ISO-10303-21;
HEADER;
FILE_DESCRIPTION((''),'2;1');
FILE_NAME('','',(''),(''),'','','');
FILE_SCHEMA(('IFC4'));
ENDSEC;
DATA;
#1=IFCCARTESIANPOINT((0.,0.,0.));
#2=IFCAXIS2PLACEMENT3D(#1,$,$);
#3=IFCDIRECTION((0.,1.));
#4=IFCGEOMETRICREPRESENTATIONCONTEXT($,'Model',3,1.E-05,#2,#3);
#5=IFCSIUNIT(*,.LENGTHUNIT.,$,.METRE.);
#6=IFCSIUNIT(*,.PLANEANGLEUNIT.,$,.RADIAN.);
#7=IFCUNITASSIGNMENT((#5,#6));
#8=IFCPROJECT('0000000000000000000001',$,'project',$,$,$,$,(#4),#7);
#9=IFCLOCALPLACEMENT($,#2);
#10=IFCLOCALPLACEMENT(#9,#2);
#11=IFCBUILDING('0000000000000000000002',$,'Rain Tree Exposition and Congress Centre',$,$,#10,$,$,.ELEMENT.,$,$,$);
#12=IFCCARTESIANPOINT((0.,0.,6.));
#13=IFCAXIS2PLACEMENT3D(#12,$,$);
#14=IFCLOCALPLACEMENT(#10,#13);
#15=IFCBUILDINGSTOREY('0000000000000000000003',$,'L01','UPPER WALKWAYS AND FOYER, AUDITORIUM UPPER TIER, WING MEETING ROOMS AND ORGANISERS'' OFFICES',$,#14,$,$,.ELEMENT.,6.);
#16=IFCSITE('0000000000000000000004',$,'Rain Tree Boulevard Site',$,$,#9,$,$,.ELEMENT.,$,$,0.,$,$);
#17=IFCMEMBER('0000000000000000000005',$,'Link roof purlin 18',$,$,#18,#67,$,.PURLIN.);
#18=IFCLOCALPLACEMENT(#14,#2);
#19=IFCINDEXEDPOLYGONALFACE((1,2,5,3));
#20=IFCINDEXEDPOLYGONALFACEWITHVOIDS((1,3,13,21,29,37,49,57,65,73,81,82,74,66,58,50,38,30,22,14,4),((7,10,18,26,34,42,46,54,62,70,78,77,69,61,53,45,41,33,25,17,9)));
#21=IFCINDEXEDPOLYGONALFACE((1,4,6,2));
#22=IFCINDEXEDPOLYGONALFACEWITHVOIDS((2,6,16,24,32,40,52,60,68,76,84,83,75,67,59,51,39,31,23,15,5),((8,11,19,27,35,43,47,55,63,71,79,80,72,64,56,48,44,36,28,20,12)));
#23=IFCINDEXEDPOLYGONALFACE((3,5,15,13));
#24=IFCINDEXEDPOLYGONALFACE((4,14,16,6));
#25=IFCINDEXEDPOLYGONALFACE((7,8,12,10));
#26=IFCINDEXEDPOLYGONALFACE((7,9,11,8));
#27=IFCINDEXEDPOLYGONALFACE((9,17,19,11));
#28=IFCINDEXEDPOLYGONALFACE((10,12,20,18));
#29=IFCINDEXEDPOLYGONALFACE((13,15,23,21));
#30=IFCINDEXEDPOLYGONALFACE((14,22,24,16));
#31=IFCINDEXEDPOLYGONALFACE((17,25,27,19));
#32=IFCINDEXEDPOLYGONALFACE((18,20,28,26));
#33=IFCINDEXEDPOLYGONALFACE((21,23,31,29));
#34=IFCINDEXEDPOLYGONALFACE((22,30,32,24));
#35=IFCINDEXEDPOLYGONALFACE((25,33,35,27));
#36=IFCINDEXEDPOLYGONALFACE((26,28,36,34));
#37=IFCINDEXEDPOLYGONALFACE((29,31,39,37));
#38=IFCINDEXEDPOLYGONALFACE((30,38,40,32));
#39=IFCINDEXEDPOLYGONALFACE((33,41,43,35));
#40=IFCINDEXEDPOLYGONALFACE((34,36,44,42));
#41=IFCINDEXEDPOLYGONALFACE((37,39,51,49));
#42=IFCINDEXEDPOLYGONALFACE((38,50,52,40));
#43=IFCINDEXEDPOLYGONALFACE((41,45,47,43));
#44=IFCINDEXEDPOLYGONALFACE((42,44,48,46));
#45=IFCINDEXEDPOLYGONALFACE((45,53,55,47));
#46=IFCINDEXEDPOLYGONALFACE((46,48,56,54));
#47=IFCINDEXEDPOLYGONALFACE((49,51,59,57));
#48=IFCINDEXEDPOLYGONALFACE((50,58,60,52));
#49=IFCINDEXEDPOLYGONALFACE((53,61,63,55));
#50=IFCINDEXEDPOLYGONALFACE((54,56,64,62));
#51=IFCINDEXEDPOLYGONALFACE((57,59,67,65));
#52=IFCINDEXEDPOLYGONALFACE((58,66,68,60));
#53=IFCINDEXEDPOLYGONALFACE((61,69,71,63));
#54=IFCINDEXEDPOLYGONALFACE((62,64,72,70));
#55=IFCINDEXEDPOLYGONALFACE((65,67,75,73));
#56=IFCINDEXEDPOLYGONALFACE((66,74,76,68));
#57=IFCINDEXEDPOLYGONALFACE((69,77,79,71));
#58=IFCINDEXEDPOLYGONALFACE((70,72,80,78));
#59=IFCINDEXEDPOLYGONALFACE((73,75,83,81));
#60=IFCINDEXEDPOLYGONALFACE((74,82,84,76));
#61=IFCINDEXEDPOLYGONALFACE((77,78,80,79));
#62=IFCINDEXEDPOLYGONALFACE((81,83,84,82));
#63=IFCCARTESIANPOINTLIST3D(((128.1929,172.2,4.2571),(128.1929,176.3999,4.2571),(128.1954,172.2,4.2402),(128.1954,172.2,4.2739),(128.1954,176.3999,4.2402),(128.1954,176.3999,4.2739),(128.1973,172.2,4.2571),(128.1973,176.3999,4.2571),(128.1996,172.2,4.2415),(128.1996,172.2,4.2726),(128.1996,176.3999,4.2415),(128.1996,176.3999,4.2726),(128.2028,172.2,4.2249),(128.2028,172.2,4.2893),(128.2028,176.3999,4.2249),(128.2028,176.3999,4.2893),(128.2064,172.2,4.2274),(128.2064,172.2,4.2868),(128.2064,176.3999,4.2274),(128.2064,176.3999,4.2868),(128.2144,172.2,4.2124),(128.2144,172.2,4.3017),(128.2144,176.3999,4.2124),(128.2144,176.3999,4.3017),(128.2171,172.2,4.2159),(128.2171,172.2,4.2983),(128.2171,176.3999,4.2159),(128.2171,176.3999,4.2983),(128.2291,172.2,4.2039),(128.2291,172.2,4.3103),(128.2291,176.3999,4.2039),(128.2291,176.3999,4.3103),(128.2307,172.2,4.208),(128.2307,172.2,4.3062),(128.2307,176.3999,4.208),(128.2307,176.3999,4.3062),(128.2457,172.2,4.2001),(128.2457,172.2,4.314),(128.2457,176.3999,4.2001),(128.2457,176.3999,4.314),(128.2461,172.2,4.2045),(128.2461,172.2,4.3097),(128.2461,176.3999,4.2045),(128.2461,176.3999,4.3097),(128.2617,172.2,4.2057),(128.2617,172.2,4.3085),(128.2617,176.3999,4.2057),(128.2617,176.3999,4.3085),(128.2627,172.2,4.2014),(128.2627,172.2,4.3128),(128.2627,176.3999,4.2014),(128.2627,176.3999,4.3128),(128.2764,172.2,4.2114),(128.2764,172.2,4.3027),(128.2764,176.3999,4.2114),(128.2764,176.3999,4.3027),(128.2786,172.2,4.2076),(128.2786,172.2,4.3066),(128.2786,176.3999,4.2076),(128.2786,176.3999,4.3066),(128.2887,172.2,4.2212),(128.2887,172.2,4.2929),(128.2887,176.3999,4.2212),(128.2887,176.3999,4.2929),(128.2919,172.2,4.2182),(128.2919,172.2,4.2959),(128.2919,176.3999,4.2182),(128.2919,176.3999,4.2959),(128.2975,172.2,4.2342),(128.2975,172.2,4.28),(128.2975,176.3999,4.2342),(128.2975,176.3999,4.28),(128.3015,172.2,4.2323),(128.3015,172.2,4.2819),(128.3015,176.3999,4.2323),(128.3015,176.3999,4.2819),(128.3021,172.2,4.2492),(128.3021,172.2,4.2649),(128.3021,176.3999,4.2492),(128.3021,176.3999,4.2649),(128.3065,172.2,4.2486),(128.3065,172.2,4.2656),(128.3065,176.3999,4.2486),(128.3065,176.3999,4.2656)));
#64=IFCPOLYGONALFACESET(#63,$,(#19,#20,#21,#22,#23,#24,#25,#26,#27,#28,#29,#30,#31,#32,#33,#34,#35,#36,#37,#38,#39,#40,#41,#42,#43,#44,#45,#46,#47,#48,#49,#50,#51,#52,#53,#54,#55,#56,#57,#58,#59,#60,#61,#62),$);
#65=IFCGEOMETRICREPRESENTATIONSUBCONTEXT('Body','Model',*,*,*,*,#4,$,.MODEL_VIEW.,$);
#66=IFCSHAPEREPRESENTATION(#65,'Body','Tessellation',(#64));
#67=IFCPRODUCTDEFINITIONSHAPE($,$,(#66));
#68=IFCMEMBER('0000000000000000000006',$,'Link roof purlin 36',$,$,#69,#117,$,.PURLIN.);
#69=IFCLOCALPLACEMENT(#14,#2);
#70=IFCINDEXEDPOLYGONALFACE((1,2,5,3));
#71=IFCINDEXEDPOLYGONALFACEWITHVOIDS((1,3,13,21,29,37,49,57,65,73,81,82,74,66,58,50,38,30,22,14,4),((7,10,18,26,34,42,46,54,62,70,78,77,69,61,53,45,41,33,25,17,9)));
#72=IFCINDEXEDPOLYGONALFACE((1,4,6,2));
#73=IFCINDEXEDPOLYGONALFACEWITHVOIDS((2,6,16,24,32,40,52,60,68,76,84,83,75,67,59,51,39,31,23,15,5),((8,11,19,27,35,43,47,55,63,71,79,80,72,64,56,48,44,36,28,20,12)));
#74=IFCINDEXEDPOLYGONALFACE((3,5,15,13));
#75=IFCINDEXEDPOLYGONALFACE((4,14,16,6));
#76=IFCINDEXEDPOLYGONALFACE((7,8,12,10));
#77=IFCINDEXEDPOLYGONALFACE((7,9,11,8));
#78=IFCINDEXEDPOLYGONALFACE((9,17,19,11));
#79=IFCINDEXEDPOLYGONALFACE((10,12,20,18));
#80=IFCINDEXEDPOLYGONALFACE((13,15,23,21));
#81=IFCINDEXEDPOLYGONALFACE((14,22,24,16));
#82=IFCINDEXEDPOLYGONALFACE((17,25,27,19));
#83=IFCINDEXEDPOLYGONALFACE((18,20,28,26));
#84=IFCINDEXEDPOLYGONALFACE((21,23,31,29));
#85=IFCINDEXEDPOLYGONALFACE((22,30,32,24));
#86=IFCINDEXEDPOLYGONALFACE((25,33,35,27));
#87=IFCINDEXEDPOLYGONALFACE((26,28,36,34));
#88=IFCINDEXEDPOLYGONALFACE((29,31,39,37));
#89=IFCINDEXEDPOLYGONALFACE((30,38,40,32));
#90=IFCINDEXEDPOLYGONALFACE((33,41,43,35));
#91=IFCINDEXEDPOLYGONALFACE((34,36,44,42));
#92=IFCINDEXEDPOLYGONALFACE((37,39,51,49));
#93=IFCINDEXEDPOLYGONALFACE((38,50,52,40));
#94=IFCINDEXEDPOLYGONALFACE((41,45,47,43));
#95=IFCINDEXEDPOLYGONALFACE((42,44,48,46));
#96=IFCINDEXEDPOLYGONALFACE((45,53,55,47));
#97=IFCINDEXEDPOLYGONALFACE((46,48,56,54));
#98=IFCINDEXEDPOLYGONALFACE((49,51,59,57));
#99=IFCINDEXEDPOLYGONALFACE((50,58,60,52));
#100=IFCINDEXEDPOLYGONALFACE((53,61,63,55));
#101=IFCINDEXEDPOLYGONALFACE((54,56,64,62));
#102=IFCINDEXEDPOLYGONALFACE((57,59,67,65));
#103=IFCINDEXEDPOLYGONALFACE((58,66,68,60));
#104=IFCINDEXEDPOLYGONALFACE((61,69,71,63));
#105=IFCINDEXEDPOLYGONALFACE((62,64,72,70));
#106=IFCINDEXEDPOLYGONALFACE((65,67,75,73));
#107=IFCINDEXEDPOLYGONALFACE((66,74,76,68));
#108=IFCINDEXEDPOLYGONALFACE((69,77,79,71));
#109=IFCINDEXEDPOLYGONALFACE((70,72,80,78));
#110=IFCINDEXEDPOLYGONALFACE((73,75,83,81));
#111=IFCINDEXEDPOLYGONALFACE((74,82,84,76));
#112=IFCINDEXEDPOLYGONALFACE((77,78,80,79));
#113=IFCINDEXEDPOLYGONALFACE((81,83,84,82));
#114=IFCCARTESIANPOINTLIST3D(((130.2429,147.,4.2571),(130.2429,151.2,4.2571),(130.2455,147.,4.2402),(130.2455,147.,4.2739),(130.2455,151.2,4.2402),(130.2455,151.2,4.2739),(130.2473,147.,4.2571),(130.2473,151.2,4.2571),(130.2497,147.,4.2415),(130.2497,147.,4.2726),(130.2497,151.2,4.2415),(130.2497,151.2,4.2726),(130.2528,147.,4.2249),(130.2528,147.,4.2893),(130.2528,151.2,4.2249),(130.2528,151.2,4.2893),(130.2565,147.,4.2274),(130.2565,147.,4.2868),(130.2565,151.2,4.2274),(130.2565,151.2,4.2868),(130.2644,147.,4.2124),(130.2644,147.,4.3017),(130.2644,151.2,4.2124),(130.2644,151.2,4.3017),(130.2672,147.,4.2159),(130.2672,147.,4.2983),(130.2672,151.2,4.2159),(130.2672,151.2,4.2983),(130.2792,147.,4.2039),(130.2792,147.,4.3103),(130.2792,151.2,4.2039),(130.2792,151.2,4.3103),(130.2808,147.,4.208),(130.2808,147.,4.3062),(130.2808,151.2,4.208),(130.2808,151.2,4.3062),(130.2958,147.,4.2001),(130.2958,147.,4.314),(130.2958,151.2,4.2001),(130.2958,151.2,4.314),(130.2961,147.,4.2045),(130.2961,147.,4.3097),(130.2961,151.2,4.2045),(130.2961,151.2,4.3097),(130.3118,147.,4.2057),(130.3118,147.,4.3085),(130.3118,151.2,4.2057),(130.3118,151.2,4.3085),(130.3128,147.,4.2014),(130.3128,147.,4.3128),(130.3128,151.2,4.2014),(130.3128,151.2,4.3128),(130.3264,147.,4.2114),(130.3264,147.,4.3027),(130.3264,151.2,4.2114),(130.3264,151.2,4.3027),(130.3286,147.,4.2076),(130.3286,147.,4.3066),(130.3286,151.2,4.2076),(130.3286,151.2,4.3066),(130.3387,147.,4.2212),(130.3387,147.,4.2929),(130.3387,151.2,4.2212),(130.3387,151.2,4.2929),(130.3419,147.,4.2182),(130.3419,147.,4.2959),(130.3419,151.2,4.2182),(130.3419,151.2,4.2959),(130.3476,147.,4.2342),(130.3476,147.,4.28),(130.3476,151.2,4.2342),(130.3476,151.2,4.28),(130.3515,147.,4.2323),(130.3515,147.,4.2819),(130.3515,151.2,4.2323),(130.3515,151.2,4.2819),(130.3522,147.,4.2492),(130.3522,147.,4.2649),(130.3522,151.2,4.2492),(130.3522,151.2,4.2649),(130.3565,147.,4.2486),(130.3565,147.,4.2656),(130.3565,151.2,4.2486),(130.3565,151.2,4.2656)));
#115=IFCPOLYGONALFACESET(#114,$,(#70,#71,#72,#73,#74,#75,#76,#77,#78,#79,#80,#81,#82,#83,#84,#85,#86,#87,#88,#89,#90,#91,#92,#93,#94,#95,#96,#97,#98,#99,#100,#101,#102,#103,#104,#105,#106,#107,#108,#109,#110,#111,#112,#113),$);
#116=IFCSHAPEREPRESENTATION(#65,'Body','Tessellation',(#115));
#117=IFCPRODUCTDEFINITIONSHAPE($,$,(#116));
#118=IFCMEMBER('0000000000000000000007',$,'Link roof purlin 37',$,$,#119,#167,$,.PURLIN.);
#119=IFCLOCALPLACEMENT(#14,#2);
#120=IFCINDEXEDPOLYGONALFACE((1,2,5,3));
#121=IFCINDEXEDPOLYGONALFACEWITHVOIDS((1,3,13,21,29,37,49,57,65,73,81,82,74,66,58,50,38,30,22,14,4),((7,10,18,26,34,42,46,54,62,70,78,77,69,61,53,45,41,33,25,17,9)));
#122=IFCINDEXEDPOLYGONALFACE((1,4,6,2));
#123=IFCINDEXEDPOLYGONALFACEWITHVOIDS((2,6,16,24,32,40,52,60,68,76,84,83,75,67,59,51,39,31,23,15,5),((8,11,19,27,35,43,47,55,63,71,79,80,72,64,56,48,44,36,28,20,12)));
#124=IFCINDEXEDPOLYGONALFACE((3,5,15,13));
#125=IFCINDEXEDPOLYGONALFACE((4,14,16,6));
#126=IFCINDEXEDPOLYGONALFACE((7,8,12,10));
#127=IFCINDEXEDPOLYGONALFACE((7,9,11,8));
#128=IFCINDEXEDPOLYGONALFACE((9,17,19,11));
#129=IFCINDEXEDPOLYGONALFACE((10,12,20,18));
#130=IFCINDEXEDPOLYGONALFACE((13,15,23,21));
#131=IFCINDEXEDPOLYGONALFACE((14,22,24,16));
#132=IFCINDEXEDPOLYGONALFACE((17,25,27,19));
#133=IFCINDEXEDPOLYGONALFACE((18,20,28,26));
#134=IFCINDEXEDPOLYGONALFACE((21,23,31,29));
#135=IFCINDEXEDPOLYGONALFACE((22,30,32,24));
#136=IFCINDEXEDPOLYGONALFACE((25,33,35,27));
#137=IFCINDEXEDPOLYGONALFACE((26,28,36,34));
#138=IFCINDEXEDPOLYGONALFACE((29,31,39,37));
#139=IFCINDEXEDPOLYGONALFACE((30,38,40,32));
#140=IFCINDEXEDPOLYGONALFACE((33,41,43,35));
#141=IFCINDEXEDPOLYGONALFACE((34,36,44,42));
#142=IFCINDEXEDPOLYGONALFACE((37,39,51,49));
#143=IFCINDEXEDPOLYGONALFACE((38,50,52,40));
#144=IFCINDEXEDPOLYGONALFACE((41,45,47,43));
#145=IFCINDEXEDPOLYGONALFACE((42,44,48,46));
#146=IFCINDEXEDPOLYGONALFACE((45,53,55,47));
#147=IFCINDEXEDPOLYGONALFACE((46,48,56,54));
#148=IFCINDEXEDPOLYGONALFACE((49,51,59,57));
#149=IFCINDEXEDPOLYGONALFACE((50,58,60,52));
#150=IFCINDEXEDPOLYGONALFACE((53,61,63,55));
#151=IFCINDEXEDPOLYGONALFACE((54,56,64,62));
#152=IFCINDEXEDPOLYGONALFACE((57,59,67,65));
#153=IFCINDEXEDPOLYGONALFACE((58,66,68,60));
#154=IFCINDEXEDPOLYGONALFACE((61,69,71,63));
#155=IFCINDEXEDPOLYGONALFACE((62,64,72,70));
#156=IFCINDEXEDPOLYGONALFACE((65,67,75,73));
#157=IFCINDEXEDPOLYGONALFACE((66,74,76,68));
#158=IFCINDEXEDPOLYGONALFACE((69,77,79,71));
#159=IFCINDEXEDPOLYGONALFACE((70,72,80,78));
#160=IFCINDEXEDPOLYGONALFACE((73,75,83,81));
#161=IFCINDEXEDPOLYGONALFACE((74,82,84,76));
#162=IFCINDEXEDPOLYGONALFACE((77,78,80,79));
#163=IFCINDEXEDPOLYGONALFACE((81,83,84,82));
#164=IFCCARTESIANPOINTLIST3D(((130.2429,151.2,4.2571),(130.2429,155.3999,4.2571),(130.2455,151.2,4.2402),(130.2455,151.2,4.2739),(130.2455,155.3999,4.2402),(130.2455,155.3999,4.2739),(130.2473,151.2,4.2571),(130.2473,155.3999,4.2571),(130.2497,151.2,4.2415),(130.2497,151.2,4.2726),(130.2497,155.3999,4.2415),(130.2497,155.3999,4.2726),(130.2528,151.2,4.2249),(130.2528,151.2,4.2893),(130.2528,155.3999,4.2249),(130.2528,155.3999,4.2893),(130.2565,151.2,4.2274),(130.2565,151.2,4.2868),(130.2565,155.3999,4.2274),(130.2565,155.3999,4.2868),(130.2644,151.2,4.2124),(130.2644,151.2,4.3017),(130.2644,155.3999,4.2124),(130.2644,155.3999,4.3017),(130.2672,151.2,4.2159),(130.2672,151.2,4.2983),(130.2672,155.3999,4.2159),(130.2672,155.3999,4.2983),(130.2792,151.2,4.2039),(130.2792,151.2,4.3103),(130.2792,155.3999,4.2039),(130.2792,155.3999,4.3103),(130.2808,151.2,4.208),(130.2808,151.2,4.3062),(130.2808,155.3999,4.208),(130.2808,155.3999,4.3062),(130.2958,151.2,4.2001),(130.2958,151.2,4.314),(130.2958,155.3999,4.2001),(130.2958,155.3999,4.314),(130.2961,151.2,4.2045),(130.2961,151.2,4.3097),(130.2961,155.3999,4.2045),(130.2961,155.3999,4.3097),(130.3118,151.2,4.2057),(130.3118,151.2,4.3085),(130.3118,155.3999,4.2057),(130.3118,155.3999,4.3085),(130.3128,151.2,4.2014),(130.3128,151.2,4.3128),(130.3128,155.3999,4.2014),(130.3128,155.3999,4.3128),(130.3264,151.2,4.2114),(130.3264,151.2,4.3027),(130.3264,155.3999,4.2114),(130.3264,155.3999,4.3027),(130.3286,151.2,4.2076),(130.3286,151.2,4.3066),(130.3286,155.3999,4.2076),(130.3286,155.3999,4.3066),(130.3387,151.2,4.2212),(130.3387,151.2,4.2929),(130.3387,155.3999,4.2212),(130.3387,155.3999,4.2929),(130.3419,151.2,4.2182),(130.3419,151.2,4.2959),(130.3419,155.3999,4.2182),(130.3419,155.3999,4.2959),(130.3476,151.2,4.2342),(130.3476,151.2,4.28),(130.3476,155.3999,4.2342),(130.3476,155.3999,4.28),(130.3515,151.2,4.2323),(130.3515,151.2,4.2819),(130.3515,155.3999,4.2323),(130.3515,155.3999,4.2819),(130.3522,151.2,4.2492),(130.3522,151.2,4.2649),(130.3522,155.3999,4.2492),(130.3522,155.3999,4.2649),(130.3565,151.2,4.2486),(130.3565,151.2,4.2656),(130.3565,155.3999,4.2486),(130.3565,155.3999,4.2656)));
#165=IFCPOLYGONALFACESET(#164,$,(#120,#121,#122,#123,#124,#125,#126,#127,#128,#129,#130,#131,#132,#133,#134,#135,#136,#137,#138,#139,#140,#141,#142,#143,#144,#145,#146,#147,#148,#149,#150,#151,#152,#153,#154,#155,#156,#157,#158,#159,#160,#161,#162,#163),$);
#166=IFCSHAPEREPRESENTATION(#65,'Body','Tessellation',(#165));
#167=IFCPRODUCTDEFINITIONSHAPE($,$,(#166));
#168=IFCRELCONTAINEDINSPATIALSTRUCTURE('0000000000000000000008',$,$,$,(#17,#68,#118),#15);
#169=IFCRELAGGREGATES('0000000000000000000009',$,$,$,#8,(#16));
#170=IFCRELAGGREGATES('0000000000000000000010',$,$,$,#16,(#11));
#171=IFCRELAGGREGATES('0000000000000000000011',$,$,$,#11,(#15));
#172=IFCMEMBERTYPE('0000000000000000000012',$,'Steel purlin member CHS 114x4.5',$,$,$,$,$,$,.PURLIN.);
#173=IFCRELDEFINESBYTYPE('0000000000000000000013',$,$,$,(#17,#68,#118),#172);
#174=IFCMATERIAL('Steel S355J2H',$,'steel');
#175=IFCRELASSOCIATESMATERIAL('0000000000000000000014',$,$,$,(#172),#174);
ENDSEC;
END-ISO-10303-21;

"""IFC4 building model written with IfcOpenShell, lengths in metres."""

from ifc_helpers import new_model, si_unit, direction, frame, origin, origin_2d, place, context, subcontext, project, spatial, hollow_circle, extrude, material, material_profile, profile_set, type_object, element, save


model = new_model("IFC4")

# Units and contexts
model_context = context("Model", 3, precision=1e-05, world=origin(), true_north=direction((0.0, 1.0)))
body_context = subcontext(model_context, "Body", "Model", "MODEL_VIEW")
ifc_project = project(units=[si_unit("LENGTHUNIT", "METRE"), si_unit("PLANEANGLEUNIT", "RADIAN")], contexts=[model_context])

# Site, building, storey
site_placement = place(None, origin())
site = spatial("IfcSite", under=ifc_project, at=site_placement, Name="Rain Tree Boulevard Site", CompositionType="ELEMENT", RefElevation=0.0)
building_placement = place(site_placement, origin())
building = spatial("IfcBuilding", under=site, at=building_placement, Name="Rain Tree Exposition and Congress Centre", CompositionType="ELEMENT")
storey_placement = place(building_placement, frame((0.0, 0.0, 6.0)))
storey = spatial("IfcBuildingStorey", under=building, at=storey_placement, Name="L01", Description="UPPER WALKWAYS AND FOYER, AUDITORIUM UPPER TIER, WING MEETING ROOMS AND ORGANISERS' OFFICES", CompositionType="ELEMENT", Elevation=6.0)

# Members
ifc_material_1 = material(Name="Steel S355J2H", Category="steel")
ifc_material_profile_1 = material_profile(ifc_material_1, hollow_circle(Radius=0.0571, WallThickness=0.0044, at=origin_2d()), Name="CHS 114x4.5")
ifc_profile_set_1 = profile_set([ifc_material_profile_1], Name="Steel S355J2H")
member_type = type_object("IfcMemberType", Name="Steel purlin member CHS 114x4.5", PredefinedType="PURLIN", material=ifc_profile_set_1)
for number, where, z_axis, x_axis, name in (
    (1, (128.25, 172.2, 4.2571), (0.0, 1.0, 0.0), (-1.0, 0.0, 0.0), "Link roof purlin 18"),
    (2, (130.3, 147.0, 4.2571), (0.0, 1.0, 0.0), (-1.0, 0.0, 0.0), "Link roof purlin 36"),
    (3, (130.3, 151.2, 4.2571), (0.0, 1.0, 0.0), (-1.0, 0.0, 0.0), "Link roof purlin 37"),
):
    element("IfcMember", number, at=place(storey_placement, frame(where, z_axis=z_axis, x_axis=x_axis)), inside=storey, type_object=member_type, Name=name, PredefinedType="PURLIN", context=body_context, shape_type="SweptSolid", body=[
        extrude(hollow_circle(Radius=0.0571, WallThickness=0.0044, at=origin_2d()), origin(), (0.0, 0.0, 1.0), 4.2),
    ])

save(model, "model.ifc")
